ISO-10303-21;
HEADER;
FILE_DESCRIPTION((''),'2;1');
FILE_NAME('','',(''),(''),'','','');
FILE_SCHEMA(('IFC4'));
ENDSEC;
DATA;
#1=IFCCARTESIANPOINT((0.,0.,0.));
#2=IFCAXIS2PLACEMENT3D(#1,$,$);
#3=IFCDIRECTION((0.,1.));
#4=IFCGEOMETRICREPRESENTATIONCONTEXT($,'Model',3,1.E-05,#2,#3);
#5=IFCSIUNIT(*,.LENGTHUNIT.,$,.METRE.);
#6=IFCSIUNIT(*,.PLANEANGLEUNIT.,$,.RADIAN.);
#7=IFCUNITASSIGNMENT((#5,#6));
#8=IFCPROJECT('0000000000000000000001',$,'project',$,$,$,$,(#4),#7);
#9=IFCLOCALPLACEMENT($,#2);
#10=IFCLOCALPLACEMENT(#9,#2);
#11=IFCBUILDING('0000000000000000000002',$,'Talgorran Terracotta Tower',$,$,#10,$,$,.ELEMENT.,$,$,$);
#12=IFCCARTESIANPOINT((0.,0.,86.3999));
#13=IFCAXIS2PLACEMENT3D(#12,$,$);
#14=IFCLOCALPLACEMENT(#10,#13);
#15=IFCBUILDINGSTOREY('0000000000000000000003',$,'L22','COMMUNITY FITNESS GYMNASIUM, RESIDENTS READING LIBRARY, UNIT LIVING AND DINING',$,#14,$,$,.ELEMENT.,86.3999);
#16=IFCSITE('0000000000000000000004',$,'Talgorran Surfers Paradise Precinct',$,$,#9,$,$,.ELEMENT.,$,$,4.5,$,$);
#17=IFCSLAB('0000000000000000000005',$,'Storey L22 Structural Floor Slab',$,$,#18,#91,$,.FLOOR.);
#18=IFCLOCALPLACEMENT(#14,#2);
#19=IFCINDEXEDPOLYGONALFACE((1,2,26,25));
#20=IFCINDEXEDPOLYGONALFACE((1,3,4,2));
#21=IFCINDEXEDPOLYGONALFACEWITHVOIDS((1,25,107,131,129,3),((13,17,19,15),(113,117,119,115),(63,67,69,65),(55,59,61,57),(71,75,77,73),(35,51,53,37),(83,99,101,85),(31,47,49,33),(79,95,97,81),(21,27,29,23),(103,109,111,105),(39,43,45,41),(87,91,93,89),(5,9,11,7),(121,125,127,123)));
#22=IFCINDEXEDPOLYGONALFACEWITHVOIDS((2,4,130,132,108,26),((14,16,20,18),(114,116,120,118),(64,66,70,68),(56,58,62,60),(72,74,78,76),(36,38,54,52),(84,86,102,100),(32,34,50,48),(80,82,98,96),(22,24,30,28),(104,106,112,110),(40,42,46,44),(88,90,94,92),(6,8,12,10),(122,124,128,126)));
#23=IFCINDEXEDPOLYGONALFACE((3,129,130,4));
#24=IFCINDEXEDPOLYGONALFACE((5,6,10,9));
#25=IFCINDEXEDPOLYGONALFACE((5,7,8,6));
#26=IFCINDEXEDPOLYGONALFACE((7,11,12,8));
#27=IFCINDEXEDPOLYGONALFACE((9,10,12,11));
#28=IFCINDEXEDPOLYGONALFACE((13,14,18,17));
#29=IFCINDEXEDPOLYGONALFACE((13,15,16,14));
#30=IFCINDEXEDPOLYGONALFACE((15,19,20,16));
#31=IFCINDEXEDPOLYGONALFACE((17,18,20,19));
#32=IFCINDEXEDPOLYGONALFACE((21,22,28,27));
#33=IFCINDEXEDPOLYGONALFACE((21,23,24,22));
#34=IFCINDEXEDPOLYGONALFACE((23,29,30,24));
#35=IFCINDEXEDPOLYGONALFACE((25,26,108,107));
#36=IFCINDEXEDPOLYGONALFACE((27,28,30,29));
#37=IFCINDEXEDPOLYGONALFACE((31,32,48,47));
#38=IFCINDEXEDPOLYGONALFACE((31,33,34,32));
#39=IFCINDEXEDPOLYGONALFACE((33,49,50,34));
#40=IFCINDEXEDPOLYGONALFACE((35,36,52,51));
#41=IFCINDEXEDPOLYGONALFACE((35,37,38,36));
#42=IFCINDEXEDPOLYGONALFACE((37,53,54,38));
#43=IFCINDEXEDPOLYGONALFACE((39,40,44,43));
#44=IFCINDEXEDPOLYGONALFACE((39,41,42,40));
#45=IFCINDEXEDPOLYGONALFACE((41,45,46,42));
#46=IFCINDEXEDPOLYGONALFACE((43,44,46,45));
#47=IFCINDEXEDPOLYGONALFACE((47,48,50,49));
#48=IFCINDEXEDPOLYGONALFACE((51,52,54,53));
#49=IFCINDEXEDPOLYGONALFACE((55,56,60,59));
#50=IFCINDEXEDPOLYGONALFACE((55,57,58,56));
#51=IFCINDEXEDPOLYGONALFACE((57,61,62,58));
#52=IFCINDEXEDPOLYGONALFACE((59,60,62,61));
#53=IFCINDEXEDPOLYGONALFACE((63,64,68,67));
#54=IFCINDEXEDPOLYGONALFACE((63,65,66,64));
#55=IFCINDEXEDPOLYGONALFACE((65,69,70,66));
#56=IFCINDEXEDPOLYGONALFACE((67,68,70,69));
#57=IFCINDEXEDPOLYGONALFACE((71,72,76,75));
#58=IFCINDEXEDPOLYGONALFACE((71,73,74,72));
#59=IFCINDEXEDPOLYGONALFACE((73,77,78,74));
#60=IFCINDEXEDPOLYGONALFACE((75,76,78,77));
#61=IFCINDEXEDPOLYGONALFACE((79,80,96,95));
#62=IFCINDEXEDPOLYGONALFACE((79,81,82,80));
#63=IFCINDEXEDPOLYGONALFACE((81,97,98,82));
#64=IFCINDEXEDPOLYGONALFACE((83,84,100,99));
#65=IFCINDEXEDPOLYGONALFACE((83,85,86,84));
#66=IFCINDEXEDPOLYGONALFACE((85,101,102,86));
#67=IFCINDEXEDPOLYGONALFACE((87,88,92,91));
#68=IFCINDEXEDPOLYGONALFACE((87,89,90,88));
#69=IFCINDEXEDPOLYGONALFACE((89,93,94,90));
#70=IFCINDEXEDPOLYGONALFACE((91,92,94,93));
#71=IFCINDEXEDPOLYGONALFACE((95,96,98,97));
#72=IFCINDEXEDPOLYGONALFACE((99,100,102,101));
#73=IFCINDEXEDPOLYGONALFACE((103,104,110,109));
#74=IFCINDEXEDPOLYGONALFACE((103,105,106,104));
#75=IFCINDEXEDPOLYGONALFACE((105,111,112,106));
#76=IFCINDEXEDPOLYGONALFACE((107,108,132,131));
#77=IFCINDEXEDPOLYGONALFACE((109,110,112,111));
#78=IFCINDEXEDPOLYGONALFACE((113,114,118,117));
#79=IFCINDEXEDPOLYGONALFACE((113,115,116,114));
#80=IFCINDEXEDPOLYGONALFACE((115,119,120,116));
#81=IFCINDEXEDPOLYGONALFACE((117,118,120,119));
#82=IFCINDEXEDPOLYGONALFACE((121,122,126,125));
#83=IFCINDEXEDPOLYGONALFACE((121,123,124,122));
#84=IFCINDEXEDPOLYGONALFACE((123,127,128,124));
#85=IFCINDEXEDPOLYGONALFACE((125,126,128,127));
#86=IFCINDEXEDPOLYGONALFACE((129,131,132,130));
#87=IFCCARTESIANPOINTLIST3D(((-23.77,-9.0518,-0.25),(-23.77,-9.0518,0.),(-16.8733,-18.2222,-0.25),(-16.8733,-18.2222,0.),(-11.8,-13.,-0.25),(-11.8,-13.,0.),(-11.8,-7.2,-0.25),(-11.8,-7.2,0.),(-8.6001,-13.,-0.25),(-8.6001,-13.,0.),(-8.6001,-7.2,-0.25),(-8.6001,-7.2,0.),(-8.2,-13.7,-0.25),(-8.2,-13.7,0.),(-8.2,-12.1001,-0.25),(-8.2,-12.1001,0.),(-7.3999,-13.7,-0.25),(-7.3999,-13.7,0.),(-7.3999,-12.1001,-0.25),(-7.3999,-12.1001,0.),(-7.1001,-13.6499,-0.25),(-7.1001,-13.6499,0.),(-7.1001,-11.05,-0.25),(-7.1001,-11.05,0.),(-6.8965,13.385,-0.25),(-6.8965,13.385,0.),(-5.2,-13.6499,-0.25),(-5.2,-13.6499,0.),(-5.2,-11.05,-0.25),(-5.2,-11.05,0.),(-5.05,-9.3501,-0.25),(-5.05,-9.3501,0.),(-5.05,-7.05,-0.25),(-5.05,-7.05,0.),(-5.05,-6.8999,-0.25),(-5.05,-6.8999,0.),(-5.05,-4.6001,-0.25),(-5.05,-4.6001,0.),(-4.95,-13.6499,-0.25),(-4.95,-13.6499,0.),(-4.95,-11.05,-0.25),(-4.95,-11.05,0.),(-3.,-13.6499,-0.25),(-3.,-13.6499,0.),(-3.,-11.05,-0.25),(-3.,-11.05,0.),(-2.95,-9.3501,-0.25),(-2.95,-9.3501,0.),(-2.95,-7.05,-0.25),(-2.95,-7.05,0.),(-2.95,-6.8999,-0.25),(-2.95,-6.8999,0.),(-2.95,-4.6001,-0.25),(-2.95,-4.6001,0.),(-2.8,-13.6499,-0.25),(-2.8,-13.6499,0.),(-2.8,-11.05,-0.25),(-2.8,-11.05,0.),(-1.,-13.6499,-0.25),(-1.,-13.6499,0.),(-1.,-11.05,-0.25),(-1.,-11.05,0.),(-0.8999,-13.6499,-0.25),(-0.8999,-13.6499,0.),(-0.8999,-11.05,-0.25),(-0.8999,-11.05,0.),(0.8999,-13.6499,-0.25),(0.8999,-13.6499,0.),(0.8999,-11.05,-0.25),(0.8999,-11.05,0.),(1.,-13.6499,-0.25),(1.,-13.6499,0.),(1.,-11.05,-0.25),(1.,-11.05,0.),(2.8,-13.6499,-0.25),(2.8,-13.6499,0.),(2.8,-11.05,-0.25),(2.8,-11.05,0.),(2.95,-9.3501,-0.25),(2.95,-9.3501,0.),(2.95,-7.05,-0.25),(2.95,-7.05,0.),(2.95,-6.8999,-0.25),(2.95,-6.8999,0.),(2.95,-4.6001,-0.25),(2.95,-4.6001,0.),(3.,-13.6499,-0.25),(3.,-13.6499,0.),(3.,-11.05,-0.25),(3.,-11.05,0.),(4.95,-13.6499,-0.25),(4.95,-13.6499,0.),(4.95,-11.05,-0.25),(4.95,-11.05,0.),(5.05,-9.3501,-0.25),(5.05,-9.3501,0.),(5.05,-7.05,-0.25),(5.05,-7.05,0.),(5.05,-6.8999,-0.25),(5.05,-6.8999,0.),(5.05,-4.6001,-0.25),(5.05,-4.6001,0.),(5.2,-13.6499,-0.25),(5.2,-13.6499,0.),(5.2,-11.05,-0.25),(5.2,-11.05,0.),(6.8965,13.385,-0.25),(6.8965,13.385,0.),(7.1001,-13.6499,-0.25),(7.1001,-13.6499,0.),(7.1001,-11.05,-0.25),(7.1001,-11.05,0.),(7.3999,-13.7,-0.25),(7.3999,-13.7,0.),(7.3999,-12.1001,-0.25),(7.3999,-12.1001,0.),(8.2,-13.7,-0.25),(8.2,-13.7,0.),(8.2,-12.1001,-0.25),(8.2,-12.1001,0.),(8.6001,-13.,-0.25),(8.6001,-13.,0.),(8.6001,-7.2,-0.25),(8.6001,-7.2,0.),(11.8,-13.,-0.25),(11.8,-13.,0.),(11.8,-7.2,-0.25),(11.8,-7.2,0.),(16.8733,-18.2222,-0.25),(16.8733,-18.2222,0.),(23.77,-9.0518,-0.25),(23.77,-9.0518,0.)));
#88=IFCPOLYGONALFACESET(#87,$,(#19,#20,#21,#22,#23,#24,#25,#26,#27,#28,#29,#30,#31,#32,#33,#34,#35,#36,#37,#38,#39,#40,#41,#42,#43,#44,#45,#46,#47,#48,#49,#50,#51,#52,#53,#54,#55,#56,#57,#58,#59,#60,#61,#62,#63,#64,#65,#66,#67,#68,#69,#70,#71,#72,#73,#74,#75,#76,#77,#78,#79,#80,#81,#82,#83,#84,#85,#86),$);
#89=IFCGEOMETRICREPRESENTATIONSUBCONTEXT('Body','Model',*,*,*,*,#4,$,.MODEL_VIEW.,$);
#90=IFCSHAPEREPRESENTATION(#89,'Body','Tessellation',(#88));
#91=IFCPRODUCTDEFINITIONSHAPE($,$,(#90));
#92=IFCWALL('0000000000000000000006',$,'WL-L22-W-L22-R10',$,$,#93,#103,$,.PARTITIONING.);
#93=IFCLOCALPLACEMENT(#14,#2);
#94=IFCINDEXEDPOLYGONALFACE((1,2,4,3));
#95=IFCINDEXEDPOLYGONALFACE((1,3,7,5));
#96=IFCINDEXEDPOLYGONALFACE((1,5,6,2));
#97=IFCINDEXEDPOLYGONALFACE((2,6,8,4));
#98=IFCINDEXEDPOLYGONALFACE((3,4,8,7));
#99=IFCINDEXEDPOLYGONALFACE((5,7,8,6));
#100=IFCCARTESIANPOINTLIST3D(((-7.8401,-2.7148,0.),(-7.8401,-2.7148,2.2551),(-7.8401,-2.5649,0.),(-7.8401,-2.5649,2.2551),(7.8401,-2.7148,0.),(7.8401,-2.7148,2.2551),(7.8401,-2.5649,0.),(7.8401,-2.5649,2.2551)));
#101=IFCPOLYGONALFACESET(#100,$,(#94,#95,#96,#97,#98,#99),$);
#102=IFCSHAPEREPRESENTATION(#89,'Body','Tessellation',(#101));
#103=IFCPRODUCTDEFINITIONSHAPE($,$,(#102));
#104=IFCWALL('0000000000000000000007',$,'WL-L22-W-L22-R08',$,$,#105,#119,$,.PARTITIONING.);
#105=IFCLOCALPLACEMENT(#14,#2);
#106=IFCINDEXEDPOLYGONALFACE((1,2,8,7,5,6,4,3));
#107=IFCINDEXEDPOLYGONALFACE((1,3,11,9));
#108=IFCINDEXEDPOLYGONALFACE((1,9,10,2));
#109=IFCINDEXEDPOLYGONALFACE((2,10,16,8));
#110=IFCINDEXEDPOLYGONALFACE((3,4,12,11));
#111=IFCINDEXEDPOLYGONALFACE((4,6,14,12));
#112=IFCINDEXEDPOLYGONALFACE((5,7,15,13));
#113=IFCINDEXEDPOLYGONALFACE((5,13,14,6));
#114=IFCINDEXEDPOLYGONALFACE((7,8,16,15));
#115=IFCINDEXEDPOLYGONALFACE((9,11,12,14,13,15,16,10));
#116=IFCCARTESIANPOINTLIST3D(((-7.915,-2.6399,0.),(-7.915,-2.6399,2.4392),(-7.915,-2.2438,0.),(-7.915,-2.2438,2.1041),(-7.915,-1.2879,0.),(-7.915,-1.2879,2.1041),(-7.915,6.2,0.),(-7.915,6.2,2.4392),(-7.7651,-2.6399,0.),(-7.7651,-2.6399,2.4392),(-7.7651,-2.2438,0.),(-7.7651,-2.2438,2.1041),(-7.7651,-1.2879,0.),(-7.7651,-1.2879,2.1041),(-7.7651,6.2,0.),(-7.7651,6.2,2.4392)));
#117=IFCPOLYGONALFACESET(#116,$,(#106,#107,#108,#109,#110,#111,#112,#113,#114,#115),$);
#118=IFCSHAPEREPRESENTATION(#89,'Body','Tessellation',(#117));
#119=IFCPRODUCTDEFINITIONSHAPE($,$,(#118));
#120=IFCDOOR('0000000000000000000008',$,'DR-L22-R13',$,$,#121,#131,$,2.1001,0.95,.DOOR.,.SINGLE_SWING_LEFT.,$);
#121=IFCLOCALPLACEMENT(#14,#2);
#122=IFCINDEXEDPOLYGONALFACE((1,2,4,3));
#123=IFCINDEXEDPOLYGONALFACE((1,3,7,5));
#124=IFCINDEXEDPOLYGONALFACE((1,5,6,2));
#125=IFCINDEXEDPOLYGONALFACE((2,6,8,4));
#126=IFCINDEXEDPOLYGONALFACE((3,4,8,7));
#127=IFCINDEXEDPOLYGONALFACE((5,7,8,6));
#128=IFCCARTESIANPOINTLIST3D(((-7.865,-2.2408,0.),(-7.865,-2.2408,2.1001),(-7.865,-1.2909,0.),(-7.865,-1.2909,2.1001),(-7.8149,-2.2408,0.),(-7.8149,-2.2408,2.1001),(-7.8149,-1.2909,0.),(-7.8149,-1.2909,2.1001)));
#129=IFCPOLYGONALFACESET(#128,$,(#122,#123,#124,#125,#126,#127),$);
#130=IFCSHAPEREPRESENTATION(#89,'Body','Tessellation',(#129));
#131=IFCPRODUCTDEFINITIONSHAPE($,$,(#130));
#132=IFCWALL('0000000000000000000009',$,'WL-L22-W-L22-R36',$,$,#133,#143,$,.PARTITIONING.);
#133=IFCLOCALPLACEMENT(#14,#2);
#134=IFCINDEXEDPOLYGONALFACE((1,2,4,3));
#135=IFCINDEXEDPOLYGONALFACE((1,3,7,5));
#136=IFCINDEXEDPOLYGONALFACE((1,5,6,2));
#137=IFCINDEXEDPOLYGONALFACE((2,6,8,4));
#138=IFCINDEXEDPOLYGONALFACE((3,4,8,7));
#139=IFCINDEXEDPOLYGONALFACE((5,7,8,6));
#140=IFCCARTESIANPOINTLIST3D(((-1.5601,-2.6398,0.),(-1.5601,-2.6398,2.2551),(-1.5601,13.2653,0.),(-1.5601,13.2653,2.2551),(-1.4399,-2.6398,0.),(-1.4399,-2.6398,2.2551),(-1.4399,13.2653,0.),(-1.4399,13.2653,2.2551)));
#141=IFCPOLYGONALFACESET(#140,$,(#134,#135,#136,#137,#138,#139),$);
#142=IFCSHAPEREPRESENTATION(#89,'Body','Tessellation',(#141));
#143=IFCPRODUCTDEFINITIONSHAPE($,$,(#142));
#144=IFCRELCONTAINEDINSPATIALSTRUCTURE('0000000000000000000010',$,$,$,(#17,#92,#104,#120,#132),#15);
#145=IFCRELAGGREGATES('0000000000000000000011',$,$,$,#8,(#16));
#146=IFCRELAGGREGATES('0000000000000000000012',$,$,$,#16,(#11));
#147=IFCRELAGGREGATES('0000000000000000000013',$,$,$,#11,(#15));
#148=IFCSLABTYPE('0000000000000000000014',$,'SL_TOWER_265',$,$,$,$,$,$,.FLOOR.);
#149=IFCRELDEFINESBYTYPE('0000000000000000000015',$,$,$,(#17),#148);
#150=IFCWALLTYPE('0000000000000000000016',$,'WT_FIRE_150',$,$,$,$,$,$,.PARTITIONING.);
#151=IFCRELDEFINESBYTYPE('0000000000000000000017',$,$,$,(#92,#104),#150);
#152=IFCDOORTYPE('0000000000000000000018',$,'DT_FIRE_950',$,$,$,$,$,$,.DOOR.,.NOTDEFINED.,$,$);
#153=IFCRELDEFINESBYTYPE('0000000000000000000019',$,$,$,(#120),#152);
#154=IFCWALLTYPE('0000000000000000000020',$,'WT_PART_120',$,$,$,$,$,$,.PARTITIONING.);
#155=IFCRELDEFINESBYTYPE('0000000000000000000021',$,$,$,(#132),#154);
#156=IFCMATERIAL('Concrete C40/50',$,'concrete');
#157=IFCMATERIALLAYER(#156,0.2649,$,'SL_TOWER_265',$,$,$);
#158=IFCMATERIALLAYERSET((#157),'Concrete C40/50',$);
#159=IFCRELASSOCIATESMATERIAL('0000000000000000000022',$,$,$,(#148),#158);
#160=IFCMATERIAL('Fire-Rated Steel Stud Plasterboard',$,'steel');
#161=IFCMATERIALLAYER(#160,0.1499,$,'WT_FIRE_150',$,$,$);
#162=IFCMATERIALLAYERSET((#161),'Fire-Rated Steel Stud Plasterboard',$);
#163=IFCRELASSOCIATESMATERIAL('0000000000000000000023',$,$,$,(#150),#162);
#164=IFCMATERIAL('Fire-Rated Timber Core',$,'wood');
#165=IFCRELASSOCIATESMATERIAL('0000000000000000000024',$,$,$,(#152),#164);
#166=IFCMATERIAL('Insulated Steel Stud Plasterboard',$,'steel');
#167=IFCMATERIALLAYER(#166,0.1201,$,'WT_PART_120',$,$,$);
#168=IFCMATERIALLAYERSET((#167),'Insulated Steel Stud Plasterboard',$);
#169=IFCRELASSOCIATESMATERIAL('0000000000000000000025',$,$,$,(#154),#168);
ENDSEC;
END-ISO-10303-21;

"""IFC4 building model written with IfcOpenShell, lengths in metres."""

from ifc_helpers import new_model, si_unit, direction, frame, frame_2d, origin, place, context, subcontext, project, spatial, polyline, rectangle, outline, extrude, material, layer, layer_set, type_object, element, fill, save


model = new_model("IFC4")

# Units and contexts
model_context = context("Model", 3, precision=1e-05, world=origin(), true_north=direction((0.0, 1.0)))
body_context = subcontext(model_context, "Body", "Model", "MODEL_VIEW")
ifc_project = project(units=[si_unit("LENGTHUNIT", "METRE"), si_unit("PLANEANGLEUNIT", "RADIAN")], contexts=[model_context])

# Site, building, storey
site_placement = place(None, origin())
site = spatial("IfcSite", under=ifc_project, at=site_placement, Name="Talgorran Surfers Paradise Precinct", CompositionType="ELEMENT", RefElevation=4.5)
building_placement = place(site_placement, origin())
building = spatial("IfcBuilding", under=site, at=building_placement, Name="Talgorran Terracotta Tower", CompositionType="ELEMENT")
storey_placement = place(building_placement, frame((0.0, 0.0, 86.3999)))
storey = spatial("IfcBuildingStorey", under=building, at=storey_placement, Name="L22", Description="COMMUNITY FITNESS GYMNASIUM, RESIDENTS READING LIBRARY, UNIT LIVING AND DINING", CompositionType="ELEMENT", Elevation=86.3999)

# Slab
ifc_material_1 = material(Name="Concrete C40/50", Category="concrete")
ifc_layer_1 = layer(ifc_material_1, 0.2649, Name="SL_TOWER_265")
ifc_layer_set_1 = layer_set([ifc_layer_1], Name="Concrete C40/50")
slab_type_1 = type_object("IfcSlabType", Name="SL_TOWER_265", PredefinedType="FLOOR", material=ifc_layer_set_1)
slab_1_placement = place(storey_placement, frame((0.0, 0.0, -0.25)))
element("IfcSlab", 1, at=slab_1_placement, inside=storey, type_object=slab_type_1, Name="Storey L22 Structural Floor Slab", PredefinedType="FLOOR", context=body_context, shape_type="SweptSolid", body=[
    extrude(outline(polyline([(-23.77, -9.0518), (-16.8733, -18.2222), (16.8733, -18.2222), (23.77, -9.0518), (6.8965, 13.385), (-6.8965, 13.385), (-23.77, -9.0518)]), holes=[polyline([(-11.8, -7.2), (-11.8, -13.0), (-8.6001, -13.0), (-8.6001, -7.2), (-11.8, -7.2)]), polyline([(8.6001, -7.2), (8.6001, -13.0), (11.8, -13.0), (11.8, -7.2), (8.6001, -7.2)]), polyline([(-7.1001, -13.6499), (-5.2, -13.6499), (-5.2, -11.05), (-7.1001, -11.05), (-7.1001, -13.6499)]), polyline([(5.2, -13.6499), (7.1001, -13.6499), (7.1001, -11.05), (5.2, -11.05), (5.2, -13.6499)]), polyline([(3.0, -13.6499), (4.95, -13.6499), (4.95, -11.05), (3.0, -11.05), (3.0, -13.6499)]), polyline([(-4.95, -13.6499), (-3.0, -13.6499), (-3.0, -11.05), (-4.95, -11.05), (-4.95, -13.6499)]), polyline([(-5.05, -9.3501), (-2.95, -9.3501), (-2.95, -7.05), (-5.05, -7.05), (-5.05, -9.3501)]), polyline([(-5.05, -6.8999), (-2.95, -6.8999), (-2.95, -4.6001), (-5.05, -4.6001), (-5.05, -6.8999)]), polyline([(2.95, -9.3501), (5.05, -9.3501), (5.05, -7.05), (2.95, -7.05), (2.95, -9.3501)]), polyline([(2.95, -6.8999), (5.05, -6.8999), (5.05, -4.6001), (2.95, -4.6001), (2.95, -6.8999)]), polyline([(-2.8, -13.6499), (-1.0, -13.6499), (-1.0, -11.05), (-2.8, -11.05), (-2.8, -13.6499)]), polyline([(-0.8999, -13.6499), (0.8999, -13.6499), (0.8999, -11.05), (-0.8999, -11.05), (-0.8999, -13.6499)]), polyline([(1.0, -13.6499), (2.8, -13.6499), (2.8, -11.05), (1.0, -11.05), (1.0, -13.6499)]), polyline([(-8.2, -13.7), (-7.3999, -13.7), (-7.3999, -12.1001), (-8.2, -12.1001), (-8.2, -13.7)]), polyline([(7.3999, -13.7), (8.2, -13.7), (8.2, -12.1001), (7.3999, -12.1001), (7.3999, -13.7)])]), origin(), (0.0, 0.0, 1.0), 0.25),
])

# Wall
ifc_material_2 = material(Name="Fire-Rated Steel Stud Plasterboard", Category="steel")
ifc_layer_2 = layer(ifc_material_2, 0.1499, Name="WT_FIRE_150")
ifc_layer_set_2 = layer_set([ifc_layer_2], Name="Fire-Rated Steel Stud Plasterboard")
wall_type_1 = type_object("IfcWallType", Name="WT_FIRE_150", PredefinedType="PARTITIONING", material=ifc_layer_set_2)
wall_1_placement = place(storey_placement, frame((-7.8401, -2.6399, 0.0), z_axis=(0.0, 0.0, 1.0), x_axis=(1.0, 0.0, 0.0)))
element("IfcWall", 2, at=wall_1_placement, inside=storey, type_object=wall_type_1, Name="WL-L22-W-L22-R10", PredefinedType="PARTITIONING", context=body_context, shape_type="SweptSolid", body=[
    extrude(rectangle(XDim=15.6802, YDim=0.1499, at=frame_2d((7.8401, 0.0))), origin(), (0.0, 0.0, 1.0), 2.2551),
])

# Wall, opening, door
wall_2_placement = place(storey_placement, frame((-7.8401, -2.6399, 0.0), z_axis=(0.0, 0.0, 1.0), x_axis=(0.0, 1.0, 0.0)))
wall_2 = element("IfcWall", 3, at=wall_2_placement, inside=storey, type_object=wall_type_1, Name="WL-L22-W-L22-R08", PredefinedType="PARTITIONING", context=body_context, shape_type="SweptSolid", body=[
    extrude(rectangle(XDim=8.8398, YDim=0.1499, at=frame_2d((4.4199, 0.0))), origin(), (0.0, 0.0, 1.0), 2.4392),
])
opening_placement = place(wall_2_placement, frame((0.3989, 0.0, 0.0)))
opening = element("IfcOpeningElement", 4, at=opening_placement, cuts=wall_2, PredefinedType="OPENING", context=body_context, shape_type="SweptSolid", body=[
    extrude(rectangle(XDim=0.956, YDim=2.1041, at=frame_2d((0.4751, 1.052))), frame((0.0, 0.085, 0.0), z_axis=(0.0, -1.0, 0.0), x_axis=(1.0, 0.0, 0.0)), (0.0, 0.0, 1.0), 0.1699),
])
ifc_material_3 = material(Name="Fire-Rated Timber Core", Category="wood")
door_type = type_object("IfcDoorType", Name="DT_FIRE_950", OperationType="NOTDEFINED", PredefinedType="DOOR", material=ifc_material_3)
door_placement = place(opening_placement, origin())
door = element("IfcDoor", 5, at=door_placement, inside=storey, type_object=door_type, Name="DR-L22-R13", OperationType="SINGLE_SWING_LEFT", OverallHeight=2.1001, OverallWidth=0.95, PredefinedType="DOOR", context=body_context, shape_type="SweptSolid", body=[
    extrude(rectangle(XDim=0.95, YDim=2.1001, at=frame_2d((0.4751, 1.05))), frame((0.0, 0.0249, 0.0), z_axis=(0.0, -1.0, 0.0), x_axis=(1.0, 0.0, 0.0)), (0.0, 0.0, 1.0), 0.05),
])
fill(opening, door)

# Wall
ifc_material_4 = material(Name="Insulated Steel Stud Plasterboard", Category="steel")
ifc_layer_3 = layer(ifc_material_4, 0.1201, Name="WT_PART_120")
ifc_layer_set_3 = layer_set([ifc_layer_3], Name="Insulated Steel Stud Plasterboard")
wall_type_2 = type_object("IfcWallType", Name="WT_PART_120", PredefinedType="PARTITIONING", material=ifc_layer_set_3)
wall_3_placement = place(storey_placement, frame((-1.5, -2.6399, 0.0), z_axis=(0.0, 0.0, 1.0), x_axis=(0.0, 1.0, 0.0)))
element("IfcWall", 6, at=wall_3_placement, inside=storey, type_object=wall_type_2, Name="WL-L22-W-L22-R36", PredefinedType="PARTITIONING", context=body_context, shape_type="SweptSolid", body=[
    extrude(rectangle(XDim=15.905, YDim=0.1201, at=frame_2d((7.9526, 0.0))), origin(), (0.0, 0.0, 1.0), 2.2551),
])

save(model, "model.ifc")
